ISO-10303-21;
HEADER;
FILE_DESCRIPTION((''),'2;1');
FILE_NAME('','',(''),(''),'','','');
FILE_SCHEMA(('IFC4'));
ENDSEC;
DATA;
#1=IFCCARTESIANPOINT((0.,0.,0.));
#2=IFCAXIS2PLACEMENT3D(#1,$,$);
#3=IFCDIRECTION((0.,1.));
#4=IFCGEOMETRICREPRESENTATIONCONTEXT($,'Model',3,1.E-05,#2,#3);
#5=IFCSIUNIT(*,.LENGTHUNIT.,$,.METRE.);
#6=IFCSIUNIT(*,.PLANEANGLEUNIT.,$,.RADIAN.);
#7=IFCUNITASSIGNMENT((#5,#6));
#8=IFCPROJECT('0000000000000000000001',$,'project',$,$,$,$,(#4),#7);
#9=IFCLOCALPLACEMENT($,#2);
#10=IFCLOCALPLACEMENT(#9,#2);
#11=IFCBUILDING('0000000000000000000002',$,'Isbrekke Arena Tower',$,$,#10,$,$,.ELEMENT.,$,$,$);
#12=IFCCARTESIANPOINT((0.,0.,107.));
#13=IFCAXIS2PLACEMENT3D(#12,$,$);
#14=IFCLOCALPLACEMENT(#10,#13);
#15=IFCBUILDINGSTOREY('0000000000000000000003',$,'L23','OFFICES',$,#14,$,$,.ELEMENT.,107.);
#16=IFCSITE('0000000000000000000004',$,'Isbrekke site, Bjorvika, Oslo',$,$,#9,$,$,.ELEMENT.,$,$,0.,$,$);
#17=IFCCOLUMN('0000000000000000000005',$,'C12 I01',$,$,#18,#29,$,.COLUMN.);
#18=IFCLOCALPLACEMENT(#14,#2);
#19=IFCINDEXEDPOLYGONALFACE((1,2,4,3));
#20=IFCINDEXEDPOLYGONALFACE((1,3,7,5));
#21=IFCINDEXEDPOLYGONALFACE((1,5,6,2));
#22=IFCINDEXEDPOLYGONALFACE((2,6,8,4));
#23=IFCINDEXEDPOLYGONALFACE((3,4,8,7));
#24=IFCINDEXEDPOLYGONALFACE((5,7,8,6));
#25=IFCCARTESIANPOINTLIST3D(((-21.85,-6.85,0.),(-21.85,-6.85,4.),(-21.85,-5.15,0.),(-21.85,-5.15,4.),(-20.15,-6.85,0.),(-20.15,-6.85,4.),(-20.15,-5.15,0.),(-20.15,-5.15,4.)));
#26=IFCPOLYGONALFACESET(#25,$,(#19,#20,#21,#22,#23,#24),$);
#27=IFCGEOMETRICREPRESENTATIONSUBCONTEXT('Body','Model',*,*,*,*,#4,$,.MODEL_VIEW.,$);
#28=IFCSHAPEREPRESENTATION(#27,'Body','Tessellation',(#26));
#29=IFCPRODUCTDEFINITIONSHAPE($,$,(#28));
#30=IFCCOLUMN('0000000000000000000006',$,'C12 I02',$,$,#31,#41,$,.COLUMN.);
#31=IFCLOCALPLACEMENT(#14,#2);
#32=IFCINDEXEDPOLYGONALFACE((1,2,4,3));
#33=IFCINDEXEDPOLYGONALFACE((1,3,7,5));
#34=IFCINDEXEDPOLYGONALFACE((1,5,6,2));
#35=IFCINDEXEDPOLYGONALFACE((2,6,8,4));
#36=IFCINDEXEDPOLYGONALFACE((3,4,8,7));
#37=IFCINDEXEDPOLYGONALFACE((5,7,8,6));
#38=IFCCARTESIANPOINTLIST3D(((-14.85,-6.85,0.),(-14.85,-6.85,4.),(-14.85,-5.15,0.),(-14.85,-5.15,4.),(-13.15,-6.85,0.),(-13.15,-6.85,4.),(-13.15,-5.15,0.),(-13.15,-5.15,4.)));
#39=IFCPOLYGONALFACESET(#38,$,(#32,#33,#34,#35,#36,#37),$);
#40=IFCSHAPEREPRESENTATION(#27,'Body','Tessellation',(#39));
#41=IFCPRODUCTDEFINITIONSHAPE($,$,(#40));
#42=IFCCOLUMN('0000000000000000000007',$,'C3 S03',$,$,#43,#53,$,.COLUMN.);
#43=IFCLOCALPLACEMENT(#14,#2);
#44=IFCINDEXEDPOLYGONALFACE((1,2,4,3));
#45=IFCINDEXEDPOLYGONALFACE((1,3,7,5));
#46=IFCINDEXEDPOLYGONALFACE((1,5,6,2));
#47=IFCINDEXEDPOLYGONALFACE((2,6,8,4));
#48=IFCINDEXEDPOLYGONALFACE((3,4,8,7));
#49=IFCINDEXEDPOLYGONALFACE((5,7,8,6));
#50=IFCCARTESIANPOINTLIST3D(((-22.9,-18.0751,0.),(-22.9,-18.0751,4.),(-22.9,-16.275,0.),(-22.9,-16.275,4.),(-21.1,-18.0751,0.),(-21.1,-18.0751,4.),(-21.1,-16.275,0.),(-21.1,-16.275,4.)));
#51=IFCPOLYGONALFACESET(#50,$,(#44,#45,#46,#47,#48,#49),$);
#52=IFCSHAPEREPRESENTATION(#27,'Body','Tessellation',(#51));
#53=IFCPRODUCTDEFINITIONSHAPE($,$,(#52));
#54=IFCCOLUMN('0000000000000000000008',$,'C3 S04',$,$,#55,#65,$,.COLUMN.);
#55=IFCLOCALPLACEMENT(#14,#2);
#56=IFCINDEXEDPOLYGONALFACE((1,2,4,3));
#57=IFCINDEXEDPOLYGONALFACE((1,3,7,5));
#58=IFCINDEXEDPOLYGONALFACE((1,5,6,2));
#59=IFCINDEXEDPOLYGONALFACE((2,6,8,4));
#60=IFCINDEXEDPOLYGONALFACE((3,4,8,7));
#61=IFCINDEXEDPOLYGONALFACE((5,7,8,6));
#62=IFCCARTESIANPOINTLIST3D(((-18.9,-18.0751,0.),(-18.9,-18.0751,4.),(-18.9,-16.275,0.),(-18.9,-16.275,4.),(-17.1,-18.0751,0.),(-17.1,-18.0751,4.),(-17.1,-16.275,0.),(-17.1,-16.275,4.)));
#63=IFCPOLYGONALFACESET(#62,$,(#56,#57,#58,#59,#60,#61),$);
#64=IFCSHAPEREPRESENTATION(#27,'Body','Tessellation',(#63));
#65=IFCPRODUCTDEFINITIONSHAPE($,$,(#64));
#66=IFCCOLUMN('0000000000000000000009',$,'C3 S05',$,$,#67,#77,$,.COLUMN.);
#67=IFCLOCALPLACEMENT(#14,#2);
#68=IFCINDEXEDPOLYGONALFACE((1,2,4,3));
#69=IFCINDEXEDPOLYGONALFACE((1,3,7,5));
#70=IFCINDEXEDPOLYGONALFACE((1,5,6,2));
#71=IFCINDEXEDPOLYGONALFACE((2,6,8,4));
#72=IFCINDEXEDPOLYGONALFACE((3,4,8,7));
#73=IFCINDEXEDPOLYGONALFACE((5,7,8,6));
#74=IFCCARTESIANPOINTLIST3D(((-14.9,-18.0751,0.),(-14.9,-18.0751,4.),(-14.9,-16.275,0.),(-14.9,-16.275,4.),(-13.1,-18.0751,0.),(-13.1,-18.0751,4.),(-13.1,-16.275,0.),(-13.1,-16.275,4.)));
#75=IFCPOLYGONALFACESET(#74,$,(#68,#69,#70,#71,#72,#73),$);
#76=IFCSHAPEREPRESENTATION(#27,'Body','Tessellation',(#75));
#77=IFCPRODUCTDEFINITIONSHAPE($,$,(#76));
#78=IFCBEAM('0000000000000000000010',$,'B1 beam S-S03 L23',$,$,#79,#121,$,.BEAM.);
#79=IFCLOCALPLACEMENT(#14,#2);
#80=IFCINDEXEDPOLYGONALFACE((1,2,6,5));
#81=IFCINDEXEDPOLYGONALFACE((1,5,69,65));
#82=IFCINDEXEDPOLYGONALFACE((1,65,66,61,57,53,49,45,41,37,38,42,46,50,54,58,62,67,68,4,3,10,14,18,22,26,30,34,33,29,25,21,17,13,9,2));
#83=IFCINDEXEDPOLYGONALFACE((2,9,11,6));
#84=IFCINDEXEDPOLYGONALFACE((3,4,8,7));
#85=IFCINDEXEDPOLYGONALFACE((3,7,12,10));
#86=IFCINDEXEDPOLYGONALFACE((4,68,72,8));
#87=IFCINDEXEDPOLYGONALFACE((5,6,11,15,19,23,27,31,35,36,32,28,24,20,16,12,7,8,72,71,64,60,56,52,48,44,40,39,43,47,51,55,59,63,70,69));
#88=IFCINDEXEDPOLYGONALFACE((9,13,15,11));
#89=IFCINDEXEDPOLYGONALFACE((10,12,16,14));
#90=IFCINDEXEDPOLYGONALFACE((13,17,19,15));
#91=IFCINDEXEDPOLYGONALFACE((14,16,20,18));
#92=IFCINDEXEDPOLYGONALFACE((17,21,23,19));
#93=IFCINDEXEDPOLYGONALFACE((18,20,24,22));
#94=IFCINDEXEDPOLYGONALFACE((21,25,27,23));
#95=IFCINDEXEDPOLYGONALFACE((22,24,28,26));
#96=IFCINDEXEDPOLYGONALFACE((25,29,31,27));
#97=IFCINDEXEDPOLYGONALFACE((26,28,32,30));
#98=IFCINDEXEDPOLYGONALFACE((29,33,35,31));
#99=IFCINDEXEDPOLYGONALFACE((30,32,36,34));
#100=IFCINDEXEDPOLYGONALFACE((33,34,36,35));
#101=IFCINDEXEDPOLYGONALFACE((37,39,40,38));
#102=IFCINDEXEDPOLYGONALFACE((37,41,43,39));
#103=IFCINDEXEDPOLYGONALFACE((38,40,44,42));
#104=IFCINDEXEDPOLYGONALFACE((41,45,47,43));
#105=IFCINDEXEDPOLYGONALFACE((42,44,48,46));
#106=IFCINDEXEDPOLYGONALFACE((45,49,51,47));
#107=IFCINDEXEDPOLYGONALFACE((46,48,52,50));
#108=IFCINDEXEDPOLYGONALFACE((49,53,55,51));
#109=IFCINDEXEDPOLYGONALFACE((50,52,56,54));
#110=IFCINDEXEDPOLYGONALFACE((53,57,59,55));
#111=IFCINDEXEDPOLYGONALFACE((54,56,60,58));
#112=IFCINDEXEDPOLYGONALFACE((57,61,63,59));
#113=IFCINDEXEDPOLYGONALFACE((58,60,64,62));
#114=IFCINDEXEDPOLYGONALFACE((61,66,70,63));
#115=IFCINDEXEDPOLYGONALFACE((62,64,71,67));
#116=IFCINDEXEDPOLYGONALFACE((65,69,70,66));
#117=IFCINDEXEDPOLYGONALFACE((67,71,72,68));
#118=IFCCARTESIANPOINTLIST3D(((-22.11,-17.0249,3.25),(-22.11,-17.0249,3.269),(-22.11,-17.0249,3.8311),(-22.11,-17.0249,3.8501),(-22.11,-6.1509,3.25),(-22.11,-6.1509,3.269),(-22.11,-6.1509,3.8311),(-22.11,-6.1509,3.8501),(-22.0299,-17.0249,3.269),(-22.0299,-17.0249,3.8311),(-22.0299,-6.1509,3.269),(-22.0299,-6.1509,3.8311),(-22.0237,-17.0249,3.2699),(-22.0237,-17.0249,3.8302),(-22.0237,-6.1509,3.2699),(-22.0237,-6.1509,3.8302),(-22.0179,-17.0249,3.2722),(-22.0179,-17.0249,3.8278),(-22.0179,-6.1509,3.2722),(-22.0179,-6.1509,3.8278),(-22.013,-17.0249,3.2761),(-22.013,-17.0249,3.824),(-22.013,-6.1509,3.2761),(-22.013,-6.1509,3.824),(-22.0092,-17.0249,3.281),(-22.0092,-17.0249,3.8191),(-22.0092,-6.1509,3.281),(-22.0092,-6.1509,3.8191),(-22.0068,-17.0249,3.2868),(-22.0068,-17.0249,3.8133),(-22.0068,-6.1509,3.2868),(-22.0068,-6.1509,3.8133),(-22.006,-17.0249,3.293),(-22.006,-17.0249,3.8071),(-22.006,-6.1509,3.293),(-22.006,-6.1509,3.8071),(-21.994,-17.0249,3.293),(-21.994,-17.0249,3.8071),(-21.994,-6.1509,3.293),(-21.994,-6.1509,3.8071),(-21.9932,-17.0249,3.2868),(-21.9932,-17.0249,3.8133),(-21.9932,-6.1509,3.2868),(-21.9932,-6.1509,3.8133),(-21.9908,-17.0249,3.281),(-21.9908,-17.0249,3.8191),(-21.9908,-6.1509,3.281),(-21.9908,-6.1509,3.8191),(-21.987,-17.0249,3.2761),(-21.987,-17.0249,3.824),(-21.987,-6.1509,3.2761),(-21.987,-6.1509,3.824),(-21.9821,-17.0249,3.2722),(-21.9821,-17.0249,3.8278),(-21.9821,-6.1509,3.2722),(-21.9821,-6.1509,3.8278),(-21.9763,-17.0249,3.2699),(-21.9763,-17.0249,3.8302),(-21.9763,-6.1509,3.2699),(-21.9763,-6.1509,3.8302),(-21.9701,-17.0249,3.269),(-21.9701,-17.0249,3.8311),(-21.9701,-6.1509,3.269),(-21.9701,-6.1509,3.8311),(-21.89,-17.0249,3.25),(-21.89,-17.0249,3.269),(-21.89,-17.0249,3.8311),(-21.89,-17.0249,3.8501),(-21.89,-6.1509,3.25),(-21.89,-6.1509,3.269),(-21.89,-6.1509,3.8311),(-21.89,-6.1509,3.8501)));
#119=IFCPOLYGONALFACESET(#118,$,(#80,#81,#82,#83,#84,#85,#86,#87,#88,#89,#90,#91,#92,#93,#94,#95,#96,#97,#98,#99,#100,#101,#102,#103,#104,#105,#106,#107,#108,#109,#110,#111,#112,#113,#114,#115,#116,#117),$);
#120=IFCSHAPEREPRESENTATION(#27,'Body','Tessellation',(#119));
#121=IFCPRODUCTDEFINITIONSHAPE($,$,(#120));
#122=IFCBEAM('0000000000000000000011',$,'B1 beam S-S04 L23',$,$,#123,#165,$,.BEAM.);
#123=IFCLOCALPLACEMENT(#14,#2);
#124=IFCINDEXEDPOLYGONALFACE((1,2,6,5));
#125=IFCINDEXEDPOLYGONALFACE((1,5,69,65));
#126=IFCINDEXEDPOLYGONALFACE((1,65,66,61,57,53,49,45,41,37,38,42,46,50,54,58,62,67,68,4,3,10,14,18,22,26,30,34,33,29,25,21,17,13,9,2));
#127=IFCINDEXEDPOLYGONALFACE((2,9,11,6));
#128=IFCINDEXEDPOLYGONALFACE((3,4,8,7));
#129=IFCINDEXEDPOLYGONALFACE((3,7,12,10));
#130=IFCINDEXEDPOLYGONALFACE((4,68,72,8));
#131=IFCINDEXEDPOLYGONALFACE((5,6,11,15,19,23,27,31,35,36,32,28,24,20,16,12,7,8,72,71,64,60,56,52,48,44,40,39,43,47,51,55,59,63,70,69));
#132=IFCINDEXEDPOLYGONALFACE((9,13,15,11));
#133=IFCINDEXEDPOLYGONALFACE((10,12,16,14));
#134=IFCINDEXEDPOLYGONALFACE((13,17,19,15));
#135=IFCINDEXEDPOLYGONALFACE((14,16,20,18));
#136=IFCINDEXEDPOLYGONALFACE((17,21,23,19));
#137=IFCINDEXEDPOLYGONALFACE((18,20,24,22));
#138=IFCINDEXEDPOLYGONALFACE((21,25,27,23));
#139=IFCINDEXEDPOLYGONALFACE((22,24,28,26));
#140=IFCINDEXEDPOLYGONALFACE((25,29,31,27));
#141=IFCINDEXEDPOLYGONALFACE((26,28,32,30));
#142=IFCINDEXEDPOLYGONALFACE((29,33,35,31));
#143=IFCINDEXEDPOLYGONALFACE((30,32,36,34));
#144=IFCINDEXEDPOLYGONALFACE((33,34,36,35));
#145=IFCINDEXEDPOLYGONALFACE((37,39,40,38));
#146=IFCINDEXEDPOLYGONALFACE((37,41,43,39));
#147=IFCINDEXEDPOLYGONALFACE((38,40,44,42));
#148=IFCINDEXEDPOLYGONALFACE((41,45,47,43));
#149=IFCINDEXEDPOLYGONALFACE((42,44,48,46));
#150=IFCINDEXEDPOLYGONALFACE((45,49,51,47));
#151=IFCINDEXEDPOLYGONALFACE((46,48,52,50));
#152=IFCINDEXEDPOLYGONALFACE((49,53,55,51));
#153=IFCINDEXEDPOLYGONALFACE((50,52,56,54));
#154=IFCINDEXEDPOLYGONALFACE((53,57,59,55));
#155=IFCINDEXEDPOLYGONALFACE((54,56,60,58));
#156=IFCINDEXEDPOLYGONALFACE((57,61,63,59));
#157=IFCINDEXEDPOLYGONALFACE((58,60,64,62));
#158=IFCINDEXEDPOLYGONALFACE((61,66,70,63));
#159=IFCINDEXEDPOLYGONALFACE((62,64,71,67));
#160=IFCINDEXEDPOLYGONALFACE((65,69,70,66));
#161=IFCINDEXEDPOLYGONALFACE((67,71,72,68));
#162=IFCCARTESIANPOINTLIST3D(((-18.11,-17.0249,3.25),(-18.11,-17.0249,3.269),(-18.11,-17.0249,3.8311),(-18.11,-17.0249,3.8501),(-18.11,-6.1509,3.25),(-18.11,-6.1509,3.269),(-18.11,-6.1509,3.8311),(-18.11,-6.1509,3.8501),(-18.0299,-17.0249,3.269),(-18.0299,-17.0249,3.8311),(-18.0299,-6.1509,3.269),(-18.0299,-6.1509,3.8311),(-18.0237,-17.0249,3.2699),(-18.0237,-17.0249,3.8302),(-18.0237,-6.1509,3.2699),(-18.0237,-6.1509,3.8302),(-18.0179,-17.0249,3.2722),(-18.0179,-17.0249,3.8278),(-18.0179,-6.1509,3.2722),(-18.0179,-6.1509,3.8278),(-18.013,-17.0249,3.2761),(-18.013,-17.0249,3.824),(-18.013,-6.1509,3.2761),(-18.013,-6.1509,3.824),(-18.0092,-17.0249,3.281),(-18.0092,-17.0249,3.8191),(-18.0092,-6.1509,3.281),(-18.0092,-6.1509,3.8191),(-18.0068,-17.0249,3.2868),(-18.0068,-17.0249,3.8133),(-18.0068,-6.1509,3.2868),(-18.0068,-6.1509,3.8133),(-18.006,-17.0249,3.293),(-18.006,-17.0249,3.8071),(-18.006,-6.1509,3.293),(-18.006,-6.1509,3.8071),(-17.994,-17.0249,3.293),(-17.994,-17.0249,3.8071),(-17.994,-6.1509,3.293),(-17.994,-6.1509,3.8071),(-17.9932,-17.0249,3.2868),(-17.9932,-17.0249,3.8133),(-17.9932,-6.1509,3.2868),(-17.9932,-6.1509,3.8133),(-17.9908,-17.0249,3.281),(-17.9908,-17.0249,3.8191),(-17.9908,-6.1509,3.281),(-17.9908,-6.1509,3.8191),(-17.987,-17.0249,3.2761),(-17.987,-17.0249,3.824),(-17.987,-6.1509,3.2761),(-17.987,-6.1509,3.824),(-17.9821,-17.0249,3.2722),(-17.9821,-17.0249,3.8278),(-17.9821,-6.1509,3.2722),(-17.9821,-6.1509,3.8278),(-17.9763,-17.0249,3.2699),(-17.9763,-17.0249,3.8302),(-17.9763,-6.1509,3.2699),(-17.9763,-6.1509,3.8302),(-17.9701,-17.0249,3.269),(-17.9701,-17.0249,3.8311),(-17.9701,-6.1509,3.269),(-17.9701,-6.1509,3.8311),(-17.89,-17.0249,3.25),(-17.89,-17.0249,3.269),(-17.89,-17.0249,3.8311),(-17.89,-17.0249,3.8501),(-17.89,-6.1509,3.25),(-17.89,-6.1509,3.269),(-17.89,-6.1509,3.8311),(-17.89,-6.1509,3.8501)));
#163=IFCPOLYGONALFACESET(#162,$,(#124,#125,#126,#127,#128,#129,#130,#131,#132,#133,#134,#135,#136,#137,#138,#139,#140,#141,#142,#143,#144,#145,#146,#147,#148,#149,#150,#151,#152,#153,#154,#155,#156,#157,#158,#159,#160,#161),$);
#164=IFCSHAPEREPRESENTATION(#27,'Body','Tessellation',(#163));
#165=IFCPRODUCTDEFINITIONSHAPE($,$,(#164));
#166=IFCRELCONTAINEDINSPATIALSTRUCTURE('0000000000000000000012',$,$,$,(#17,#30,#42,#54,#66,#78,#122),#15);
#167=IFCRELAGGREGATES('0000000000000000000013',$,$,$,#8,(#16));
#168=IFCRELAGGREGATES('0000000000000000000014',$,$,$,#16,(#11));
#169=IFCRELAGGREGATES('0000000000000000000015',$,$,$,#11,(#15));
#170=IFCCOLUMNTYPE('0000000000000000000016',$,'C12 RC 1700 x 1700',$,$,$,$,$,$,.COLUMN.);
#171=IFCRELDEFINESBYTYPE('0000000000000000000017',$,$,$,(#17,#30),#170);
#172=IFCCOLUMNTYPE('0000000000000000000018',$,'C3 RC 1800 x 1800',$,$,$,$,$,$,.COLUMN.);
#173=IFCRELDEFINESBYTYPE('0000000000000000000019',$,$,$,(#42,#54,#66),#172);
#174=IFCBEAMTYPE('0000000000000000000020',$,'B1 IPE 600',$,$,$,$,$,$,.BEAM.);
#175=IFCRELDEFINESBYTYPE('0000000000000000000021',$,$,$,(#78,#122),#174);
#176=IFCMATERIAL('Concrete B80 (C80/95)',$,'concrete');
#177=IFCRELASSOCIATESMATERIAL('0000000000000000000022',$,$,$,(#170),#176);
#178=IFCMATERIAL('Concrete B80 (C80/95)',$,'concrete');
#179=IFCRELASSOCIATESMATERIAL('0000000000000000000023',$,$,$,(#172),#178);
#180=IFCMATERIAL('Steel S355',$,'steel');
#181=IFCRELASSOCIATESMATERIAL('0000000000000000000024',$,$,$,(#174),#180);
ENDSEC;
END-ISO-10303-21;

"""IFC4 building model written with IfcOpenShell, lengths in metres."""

from ifc_helpers import new_model, si_unit, direction, frame, origin, origin_2d, place, context, subcontext, project, spatial, rectangle, i_section, extrude, material, material_profile, profile_set, type_object, element, save


model = new_model("IFC4")

# Units and contexts
model_context = context("Model", 3, precision=1e-05, world=origin(), true_north=direction((0.0, 1.0)))
body_context = subcontext(model_context, "Body", "Model", "MODEL_VIEW")
ifc_project = project(units=[si_unit("LENGTHUNIT", "METRE"), si_unit("PLANEANGLEUNIT", "RADIAN")], contexts=[model_context])

# Site, building, storey
site_placement = place(None, origin())
site = spatial("IfcSite", under=ifc_project, at=site_placement, Name="Isbrekke site, Bjorvika, Oslo", CompositionType="ELEMENT", RefElevation=0.0)
building_placement = place(site_placement, origin())
building = spatial("IfcBuilding", under=site, at=building_placement, Name="Isbrekke Arena Tower", CompositionType="ELEMENT")
storey_placement = place(building_placement, frame((0.0, 0.0, 107.0)))
storey = spatial("IfcBuildingStorey", under=building, at=storey_placement, Name="L23", Description="OFFICES", CompositionType="ELEMENT", Elevation=107.0)

# Columns
ifc_material_1 = material(Name="Concrete B80 (C80/95)", Category="concrete")
ifc_material_profile_1 = material_profile(ifc_material_1, rectangle(XDim=1.7, YDim=1.7, at=origin_2d()), Name="RC 1700x1700")
ifc_profile_set_1 = profile_set([ifc_material_profile_1], Name="Concrete B80 (C80/95)")
column_type_1 = type_object("IfcColumnType", Name="C12 RC 1700 x 1700", PredefinedType="COLUMN", material=ifc_profile_set_1)
for number, where, z_axis, x_axis, name in (
    (1, (-21.0, -6.0, 0.0), (0.0, 0.0, 1.0), (1.0, 0.0, 0.0), "C12 I01"),
    (2, (-14.0, -6.0, 0.0), (0.0, 0.0, 1.0), (1.0, 0.0, 0.0), "C12 I02"),
):
    element("IfcColumn", number, at=place(storey_placement, frame(where, z_axis=z_axis, x_axis=x_axis)), inside=storey, type_object=column_type_1, Name=name, PredefinedType="COLUMN", context=body_context, shape_type="SweptSolid", body=[
        extrude(rectangle(XDim=1.7, YDim=1.7, at=origin_2d()), origin(), (0.0, 0.0, 1.0), 4.0),
    ])
ifc_material_2 = material(Name="Concrete B80 (C80/95)", Category="concrete")
ifc_material_profile_2 = material_profile(ifc_material_2, rectangle(XDim=1.8, YDim=1.8, at=origin_2d()), Name="RC 1800x1800")
ifc_profile_set_2 = profile_set([ifc_material_profile_2], Name="Concrete B80 (C80/95)")
column_type_2 = type_object("IfcColumnType", Name="C3 RC 1800 x 1800", PredefinedType="COLUMN", material=ifc_profile_set_2)
for number, where, z_axis, x_axis, name in (
    (3, (-22.0, -17.175, 0.0), (0.0, 0.0, 1.0), (1.0, 0.0, 0.0), "C3 S03"),
    (4, (-18.0, -17.175, 0.0), (0.0, 0.0, 1.0), (1.0, 0.0, 0.0), "C3 S04"),
    (5, (-14.0, -17.175, 0.0), (0.0, 0.0, 1.0), (1.0, 0.0, 0.0), "C3 S05"),
):
    element("IfcColumn", number, at=place(storey_placement, frame(where, z_axis=z_axis, x_axis=x_axis)), inside=storey, type_object=column_type_2, Name=name, PredefinedType="COLUMN", context=body_context, shape_type="SweptSolid", body=[
        extrude(rectangle(XDim=1.8, YDim=1.8, at=origin_2d()), origin(), (0.0, 0.0, 1.0), 4.0),
    ])

# Beams
ifc_material_3 = material(Name="Steel S355", Category="steel")
ifc_material_profile_3 = material_profile(ifc_material_3, i_section(OverallWidth=0.22, OverallDepth=0.6001, WebThickness=0.012, FlangeThickness=0.019, FilletRadius=0.0239, at=origin_2d()), Name="IPE 600")
ifc_profile_set_3 = profile_set([ifc_material_profile_3], Name="Steel S355")
beam_type_1 = type_object("IfcBeamType", Name="B1 IPE 600", PredefinedType="BEAM", material=ifc_profile_set_3)
for number, where, z_axis, x_axis, name in (
    (6, (-22.0, -17.0249, 3.55), (0.0, 1.0, 0.0), (-1.0, 0.0, 0.0), "B1 beam S-S03 L23"),
    (7, (-18.0, -17.0249, 3.55), (0.0, 1.0, 0.0), (-1.0, 0.0, 0.0), "B1 beam S-S04 L23"),
):
    element("IfcBeam", number, at=place(storey_placement, frame(where, z_axis=z_axis, x_axis=x_axis)), inside=storey, type_object=beam_type_1, Name=name, PredefinedType="BEAM", context=body_context, shape_type="SweptSolid", body=[
        extrude(i_section(OverallWidth=0.22, OverallDepth=0.6001, WebThickness=0.012, FlangeThickness=0.019, FilletRadius=0.0239, at=origin_2d()), origin(), (0.0, 0.0, 1.0), 10.874),
    ])

save(model, "model.ifc")
